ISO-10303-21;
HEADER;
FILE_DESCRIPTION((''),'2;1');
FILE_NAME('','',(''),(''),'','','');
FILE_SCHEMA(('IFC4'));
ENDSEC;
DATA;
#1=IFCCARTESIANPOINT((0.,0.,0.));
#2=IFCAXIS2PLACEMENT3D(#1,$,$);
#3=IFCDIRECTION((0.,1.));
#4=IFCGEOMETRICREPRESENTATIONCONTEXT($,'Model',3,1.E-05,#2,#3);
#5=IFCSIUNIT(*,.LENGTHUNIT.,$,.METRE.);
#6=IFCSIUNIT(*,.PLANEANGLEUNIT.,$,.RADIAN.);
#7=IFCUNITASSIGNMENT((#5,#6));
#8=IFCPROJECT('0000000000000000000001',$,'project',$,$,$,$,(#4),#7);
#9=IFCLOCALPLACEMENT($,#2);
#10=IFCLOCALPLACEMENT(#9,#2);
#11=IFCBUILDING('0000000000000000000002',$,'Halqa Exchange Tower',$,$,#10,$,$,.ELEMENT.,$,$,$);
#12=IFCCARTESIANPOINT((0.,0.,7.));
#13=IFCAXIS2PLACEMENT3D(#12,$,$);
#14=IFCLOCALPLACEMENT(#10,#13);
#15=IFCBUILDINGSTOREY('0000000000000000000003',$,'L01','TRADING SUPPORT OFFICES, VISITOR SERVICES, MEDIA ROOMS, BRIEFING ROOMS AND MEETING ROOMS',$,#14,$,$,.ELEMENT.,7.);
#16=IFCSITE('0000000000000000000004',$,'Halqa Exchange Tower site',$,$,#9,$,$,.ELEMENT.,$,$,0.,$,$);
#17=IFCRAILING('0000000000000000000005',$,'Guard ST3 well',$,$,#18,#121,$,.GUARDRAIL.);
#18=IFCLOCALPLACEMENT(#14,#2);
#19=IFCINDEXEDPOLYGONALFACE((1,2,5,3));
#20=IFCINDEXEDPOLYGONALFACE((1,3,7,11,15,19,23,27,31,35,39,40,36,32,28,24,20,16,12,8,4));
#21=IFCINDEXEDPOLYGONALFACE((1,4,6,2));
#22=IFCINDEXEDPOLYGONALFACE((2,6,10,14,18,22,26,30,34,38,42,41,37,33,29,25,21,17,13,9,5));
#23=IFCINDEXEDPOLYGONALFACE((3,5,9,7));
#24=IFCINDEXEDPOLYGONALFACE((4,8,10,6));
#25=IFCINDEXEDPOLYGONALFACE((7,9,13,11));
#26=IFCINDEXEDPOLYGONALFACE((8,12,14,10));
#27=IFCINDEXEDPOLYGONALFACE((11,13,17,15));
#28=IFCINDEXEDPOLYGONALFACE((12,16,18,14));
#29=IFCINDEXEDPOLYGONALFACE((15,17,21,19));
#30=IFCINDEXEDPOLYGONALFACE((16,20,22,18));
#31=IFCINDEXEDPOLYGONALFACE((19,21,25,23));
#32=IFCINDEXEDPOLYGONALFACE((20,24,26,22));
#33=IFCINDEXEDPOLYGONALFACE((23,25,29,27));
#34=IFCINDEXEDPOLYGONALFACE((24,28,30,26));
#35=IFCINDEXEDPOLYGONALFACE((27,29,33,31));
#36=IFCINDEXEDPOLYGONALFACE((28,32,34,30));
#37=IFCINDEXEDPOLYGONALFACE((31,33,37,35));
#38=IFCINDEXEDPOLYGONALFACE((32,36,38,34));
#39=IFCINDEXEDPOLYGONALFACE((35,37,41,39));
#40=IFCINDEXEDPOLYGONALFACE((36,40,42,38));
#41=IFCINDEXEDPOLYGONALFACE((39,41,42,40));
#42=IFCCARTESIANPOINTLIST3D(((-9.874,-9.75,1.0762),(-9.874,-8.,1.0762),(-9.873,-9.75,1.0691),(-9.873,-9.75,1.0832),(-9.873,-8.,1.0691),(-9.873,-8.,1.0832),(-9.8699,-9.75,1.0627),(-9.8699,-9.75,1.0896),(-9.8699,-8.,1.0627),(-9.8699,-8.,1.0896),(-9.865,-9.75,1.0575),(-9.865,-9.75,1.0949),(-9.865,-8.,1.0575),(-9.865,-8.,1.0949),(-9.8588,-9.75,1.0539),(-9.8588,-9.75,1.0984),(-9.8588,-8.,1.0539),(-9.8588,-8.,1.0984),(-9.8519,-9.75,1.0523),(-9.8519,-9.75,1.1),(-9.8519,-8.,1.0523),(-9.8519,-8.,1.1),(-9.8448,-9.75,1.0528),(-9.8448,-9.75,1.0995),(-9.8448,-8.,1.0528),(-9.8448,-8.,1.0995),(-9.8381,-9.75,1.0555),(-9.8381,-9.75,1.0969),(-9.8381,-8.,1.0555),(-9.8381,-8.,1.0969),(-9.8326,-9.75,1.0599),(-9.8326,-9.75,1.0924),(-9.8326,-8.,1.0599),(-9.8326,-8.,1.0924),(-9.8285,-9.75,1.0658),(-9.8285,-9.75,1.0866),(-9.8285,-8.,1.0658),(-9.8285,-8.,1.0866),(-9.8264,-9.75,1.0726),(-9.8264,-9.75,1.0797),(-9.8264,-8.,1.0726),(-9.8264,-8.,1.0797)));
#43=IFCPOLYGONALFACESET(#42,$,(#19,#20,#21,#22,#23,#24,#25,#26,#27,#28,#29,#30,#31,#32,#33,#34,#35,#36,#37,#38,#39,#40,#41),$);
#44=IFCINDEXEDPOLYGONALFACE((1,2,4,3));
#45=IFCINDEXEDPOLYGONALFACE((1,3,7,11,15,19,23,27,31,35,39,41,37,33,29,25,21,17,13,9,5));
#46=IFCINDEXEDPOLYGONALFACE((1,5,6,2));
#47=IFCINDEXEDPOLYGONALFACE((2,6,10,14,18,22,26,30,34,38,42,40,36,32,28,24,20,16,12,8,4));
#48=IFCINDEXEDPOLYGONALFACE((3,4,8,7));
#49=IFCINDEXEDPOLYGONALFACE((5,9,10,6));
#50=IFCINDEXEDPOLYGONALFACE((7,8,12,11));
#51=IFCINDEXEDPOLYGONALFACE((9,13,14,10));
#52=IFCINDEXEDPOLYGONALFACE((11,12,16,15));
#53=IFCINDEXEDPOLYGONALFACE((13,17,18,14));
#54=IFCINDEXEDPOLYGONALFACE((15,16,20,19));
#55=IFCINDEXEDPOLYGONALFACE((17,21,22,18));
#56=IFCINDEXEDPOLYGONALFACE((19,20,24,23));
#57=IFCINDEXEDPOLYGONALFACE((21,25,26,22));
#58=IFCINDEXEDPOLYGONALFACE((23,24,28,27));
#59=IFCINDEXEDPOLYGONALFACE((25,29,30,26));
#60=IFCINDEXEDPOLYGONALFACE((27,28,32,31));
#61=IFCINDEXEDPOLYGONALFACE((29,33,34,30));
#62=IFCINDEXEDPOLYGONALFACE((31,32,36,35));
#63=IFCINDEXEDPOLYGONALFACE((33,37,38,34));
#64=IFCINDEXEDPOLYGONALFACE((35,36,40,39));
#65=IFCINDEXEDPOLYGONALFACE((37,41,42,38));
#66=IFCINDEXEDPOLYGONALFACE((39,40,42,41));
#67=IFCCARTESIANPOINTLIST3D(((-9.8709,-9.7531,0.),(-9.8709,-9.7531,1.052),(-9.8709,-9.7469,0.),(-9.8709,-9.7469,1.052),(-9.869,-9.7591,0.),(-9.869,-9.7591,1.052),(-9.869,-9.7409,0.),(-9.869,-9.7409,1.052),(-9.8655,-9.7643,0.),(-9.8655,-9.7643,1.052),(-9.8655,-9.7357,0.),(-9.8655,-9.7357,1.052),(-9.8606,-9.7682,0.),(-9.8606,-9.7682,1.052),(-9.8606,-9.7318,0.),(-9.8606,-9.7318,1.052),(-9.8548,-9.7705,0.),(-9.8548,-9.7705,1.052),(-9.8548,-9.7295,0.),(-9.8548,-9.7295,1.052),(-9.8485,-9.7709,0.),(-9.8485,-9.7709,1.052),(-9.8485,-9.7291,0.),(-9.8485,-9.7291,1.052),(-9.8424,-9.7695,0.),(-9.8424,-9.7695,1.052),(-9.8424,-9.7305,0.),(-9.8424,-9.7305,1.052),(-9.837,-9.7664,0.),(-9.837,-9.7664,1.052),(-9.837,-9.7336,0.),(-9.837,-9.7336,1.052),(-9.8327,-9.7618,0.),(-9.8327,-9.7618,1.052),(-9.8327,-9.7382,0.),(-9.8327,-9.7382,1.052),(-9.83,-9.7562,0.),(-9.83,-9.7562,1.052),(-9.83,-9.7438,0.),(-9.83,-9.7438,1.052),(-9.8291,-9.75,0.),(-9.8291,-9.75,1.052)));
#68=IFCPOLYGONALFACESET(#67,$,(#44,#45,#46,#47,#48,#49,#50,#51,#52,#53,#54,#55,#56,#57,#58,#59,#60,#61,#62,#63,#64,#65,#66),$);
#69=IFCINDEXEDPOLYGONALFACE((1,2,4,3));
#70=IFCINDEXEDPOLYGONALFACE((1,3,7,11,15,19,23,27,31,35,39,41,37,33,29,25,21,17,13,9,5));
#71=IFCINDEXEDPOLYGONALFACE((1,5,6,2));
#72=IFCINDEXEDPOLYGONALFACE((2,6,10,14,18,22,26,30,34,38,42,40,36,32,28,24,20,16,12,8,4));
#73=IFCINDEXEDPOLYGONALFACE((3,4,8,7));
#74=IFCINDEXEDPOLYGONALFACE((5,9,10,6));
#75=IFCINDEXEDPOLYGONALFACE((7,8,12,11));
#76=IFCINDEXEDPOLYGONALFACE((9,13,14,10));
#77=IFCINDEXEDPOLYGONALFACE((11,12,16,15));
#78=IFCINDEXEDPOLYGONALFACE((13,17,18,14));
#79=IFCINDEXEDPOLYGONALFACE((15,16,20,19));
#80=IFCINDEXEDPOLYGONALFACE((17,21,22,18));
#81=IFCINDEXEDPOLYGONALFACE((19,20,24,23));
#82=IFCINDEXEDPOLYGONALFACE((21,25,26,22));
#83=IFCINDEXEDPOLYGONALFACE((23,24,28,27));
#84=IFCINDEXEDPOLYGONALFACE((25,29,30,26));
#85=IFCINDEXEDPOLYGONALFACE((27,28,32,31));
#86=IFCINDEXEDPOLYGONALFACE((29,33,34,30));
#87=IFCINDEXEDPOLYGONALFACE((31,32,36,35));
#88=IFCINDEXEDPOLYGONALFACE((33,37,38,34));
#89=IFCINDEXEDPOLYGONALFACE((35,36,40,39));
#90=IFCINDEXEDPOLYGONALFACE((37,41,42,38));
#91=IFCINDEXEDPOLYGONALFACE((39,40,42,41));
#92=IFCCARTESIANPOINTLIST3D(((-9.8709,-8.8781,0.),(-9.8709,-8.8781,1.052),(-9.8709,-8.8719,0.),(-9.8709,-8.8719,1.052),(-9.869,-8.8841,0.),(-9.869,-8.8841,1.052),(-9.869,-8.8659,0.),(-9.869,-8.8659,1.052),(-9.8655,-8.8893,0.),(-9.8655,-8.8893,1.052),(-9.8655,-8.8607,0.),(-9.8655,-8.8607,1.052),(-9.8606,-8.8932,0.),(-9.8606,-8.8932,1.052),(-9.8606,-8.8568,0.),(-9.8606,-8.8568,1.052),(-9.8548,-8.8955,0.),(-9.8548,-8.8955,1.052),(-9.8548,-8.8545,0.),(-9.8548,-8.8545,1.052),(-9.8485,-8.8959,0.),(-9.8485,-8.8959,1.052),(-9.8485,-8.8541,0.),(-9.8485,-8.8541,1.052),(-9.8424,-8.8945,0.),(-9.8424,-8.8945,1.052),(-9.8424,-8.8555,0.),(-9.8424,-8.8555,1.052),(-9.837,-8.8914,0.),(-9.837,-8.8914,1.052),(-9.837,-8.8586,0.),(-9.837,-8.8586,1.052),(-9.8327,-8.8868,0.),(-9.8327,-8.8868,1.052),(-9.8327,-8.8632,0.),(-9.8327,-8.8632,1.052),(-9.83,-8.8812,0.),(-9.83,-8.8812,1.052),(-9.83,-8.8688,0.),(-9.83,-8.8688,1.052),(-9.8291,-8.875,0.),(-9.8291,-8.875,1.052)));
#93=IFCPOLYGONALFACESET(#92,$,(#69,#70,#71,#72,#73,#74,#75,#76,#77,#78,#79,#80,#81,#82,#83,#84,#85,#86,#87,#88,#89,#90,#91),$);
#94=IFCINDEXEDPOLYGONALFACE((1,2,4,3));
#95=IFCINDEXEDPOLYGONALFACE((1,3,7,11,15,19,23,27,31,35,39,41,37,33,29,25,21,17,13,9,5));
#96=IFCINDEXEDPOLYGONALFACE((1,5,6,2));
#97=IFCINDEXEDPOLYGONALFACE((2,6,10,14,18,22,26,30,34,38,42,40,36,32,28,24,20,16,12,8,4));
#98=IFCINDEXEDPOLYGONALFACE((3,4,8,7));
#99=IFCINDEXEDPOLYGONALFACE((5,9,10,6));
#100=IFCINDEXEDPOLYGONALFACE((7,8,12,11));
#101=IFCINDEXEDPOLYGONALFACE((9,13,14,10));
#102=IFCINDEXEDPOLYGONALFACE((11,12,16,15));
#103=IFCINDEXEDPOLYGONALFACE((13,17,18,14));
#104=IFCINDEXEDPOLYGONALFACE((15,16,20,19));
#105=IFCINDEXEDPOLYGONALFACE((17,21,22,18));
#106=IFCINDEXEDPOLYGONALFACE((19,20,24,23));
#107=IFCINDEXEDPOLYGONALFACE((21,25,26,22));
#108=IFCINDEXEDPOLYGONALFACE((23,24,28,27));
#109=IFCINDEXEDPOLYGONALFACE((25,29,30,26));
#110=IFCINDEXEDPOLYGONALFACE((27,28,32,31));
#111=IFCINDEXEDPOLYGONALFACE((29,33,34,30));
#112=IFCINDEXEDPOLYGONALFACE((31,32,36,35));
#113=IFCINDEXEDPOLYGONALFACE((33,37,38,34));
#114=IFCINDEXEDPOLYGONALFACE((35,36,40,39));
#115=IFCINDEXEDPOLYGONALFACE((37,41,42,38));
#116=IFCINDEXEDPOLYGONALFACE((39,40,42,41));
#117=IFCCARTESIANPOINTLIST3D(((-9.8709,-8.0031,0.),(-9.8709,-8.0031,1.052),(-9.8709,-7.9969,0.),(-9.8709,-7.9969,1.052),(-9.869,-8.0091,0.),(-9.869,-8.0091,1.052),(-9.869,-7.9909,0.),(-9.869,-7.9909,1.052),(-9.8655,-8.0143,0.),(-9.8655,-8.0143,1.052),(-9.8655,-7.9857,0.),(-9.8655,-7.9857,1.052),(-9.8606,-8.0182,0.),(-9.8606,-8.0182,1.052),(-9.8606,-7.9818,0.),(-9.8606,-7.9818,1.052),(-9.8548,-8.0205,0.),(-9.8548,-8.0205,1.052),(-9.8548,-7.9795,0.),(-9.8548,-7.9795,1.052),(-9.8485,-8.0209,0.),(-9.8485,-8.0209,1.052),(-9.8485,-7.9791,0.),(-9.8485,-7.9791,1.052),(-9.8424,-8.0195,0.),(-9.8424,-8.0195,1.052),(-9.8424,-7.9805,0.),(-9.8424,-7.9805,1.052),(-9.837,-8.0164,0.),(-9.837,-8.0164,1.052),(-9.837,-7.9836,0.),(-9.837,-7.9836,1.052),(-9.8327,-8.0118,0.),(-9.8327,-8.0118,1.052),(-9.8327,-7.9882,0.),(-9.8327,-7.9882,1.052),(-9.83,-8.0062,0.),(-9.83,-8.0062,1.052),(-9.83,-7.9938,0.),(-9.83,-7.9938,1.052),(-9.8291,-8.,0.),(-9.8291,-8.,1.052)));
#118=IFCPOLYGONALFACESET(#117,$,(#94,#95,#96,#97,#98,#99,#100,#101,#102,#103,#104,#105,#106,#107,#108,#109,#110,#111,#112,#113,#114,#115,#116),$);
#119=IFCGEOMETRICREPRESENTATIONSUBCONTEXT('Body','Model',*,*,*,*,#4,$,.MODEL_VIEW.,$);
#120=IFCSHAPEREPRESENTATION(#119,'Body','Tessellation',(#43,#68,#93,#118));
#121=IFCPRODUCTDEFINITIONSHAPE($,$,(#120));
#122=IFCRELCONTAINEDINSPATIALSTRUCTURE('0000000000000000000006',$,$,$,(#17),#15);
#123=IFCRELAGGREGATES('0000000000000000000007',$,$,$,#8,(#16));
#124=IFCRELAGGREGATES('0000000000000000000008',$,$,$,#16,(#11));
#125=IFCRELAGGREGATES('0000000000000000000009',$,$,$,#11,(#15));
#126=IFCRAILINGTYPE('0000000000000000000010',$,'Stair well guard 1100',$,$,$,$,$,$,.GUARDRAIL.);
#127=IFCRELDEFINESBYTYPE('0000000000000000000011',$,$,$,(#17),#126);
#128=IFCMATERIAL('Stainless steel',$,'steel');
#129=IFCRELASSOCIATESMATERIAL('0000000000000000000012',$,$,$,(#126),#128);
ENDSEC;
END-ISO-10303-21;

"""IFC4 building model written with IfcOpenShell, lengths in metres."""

from ifc_helpers import new_model, si_unit, direction, frame, origin, origin_2d, place, context, subcontext, project, spatial, circle, extrude, material, type_object, element, save


model = new_model("IFC4")

# Units and contexts
model_context = context("Model", 3, precision=1e-05, world=origin(), true_north=direction((0.0, 1.0)))
body_context = subcontext(model_context, "Body", "Model", "MODEL_VIEW")
ifc_project = project(units=[si_unit("LENGTHUNIT", "METRE"), si_unit("PLANEANGLEUNIT", "RADIAN")], contexts=[model_context])

# Site, building, storey
site_placement = place(None, origin())
site = spatial("IfcSite", under=ifc_project, at=site_placement, Name="Halqa Exchange Tower site", CompositionType="ELEMENT", RefElevation=0.0)
building_placement = place(site_placement, origin())
building = spatial("IfcBuilding", under=site, at=building_placement, Name="Halqa Exchange Tower", CompositionType="ELEMENT")
storey_placement = place(building_placement, frame((0.0, 0.0, 7.0)))
storey = spatial("IfcBuildingStorey", under=building, at=storey_placement, Name="L01", Description="TRADING SUPPORT OFFICES, VISITOR SERVICES, MEDIA ROOMS, BRIEFING ROOMS AND MEETING ROOMS", CompositionType="ELEMENT", Elevation=7.0)

# Railing
ifc_material_1 = material(Name="Stainless steel", Category="steel")
railing_type = type_object("IfcRailingType", Name="Stair well guard 1100", PredefinedType="GUARDRAIL", material=ifc_material_1)
railing_placement = place(storey_placement, frame((-9.8501, -9.75, 0.0)))
element("IfcRailing", 1, at=railing_placement, inside=storey, type_object=railing_type, Name="Guard ST3 well", PredefinedType="GUARDRAIL", context=body_context, shape_type="SweptSolid", body=[
    extrude(circle(Radius=0.0239, at=origin_2d()), frame((0.0, 0.0, 1.0762), z_axis=(0.0, 1.0, 0.0), x_axis=(-1.0, 0.0, 0.0)), (0.0, 0.0, 1.0), 1.75),
    extrude(circle(Radius=0.021, at=origin_2d()), origin(), (0.0, 0.0, 1.0), 1.052),
    extrude(circle(Radius=0.021, at=origin_2d()), frame((0.0, 0.875, 0.0)), (0.0, 0.0, 1.0), 1.052),
    extrude(circle(Radius=0.021, at=origin_2d()), frame((0.0, 1.75, 0.0)), (0.0, 0.0, 1.0), 1.052),
])

save(model, "model.ifc")
